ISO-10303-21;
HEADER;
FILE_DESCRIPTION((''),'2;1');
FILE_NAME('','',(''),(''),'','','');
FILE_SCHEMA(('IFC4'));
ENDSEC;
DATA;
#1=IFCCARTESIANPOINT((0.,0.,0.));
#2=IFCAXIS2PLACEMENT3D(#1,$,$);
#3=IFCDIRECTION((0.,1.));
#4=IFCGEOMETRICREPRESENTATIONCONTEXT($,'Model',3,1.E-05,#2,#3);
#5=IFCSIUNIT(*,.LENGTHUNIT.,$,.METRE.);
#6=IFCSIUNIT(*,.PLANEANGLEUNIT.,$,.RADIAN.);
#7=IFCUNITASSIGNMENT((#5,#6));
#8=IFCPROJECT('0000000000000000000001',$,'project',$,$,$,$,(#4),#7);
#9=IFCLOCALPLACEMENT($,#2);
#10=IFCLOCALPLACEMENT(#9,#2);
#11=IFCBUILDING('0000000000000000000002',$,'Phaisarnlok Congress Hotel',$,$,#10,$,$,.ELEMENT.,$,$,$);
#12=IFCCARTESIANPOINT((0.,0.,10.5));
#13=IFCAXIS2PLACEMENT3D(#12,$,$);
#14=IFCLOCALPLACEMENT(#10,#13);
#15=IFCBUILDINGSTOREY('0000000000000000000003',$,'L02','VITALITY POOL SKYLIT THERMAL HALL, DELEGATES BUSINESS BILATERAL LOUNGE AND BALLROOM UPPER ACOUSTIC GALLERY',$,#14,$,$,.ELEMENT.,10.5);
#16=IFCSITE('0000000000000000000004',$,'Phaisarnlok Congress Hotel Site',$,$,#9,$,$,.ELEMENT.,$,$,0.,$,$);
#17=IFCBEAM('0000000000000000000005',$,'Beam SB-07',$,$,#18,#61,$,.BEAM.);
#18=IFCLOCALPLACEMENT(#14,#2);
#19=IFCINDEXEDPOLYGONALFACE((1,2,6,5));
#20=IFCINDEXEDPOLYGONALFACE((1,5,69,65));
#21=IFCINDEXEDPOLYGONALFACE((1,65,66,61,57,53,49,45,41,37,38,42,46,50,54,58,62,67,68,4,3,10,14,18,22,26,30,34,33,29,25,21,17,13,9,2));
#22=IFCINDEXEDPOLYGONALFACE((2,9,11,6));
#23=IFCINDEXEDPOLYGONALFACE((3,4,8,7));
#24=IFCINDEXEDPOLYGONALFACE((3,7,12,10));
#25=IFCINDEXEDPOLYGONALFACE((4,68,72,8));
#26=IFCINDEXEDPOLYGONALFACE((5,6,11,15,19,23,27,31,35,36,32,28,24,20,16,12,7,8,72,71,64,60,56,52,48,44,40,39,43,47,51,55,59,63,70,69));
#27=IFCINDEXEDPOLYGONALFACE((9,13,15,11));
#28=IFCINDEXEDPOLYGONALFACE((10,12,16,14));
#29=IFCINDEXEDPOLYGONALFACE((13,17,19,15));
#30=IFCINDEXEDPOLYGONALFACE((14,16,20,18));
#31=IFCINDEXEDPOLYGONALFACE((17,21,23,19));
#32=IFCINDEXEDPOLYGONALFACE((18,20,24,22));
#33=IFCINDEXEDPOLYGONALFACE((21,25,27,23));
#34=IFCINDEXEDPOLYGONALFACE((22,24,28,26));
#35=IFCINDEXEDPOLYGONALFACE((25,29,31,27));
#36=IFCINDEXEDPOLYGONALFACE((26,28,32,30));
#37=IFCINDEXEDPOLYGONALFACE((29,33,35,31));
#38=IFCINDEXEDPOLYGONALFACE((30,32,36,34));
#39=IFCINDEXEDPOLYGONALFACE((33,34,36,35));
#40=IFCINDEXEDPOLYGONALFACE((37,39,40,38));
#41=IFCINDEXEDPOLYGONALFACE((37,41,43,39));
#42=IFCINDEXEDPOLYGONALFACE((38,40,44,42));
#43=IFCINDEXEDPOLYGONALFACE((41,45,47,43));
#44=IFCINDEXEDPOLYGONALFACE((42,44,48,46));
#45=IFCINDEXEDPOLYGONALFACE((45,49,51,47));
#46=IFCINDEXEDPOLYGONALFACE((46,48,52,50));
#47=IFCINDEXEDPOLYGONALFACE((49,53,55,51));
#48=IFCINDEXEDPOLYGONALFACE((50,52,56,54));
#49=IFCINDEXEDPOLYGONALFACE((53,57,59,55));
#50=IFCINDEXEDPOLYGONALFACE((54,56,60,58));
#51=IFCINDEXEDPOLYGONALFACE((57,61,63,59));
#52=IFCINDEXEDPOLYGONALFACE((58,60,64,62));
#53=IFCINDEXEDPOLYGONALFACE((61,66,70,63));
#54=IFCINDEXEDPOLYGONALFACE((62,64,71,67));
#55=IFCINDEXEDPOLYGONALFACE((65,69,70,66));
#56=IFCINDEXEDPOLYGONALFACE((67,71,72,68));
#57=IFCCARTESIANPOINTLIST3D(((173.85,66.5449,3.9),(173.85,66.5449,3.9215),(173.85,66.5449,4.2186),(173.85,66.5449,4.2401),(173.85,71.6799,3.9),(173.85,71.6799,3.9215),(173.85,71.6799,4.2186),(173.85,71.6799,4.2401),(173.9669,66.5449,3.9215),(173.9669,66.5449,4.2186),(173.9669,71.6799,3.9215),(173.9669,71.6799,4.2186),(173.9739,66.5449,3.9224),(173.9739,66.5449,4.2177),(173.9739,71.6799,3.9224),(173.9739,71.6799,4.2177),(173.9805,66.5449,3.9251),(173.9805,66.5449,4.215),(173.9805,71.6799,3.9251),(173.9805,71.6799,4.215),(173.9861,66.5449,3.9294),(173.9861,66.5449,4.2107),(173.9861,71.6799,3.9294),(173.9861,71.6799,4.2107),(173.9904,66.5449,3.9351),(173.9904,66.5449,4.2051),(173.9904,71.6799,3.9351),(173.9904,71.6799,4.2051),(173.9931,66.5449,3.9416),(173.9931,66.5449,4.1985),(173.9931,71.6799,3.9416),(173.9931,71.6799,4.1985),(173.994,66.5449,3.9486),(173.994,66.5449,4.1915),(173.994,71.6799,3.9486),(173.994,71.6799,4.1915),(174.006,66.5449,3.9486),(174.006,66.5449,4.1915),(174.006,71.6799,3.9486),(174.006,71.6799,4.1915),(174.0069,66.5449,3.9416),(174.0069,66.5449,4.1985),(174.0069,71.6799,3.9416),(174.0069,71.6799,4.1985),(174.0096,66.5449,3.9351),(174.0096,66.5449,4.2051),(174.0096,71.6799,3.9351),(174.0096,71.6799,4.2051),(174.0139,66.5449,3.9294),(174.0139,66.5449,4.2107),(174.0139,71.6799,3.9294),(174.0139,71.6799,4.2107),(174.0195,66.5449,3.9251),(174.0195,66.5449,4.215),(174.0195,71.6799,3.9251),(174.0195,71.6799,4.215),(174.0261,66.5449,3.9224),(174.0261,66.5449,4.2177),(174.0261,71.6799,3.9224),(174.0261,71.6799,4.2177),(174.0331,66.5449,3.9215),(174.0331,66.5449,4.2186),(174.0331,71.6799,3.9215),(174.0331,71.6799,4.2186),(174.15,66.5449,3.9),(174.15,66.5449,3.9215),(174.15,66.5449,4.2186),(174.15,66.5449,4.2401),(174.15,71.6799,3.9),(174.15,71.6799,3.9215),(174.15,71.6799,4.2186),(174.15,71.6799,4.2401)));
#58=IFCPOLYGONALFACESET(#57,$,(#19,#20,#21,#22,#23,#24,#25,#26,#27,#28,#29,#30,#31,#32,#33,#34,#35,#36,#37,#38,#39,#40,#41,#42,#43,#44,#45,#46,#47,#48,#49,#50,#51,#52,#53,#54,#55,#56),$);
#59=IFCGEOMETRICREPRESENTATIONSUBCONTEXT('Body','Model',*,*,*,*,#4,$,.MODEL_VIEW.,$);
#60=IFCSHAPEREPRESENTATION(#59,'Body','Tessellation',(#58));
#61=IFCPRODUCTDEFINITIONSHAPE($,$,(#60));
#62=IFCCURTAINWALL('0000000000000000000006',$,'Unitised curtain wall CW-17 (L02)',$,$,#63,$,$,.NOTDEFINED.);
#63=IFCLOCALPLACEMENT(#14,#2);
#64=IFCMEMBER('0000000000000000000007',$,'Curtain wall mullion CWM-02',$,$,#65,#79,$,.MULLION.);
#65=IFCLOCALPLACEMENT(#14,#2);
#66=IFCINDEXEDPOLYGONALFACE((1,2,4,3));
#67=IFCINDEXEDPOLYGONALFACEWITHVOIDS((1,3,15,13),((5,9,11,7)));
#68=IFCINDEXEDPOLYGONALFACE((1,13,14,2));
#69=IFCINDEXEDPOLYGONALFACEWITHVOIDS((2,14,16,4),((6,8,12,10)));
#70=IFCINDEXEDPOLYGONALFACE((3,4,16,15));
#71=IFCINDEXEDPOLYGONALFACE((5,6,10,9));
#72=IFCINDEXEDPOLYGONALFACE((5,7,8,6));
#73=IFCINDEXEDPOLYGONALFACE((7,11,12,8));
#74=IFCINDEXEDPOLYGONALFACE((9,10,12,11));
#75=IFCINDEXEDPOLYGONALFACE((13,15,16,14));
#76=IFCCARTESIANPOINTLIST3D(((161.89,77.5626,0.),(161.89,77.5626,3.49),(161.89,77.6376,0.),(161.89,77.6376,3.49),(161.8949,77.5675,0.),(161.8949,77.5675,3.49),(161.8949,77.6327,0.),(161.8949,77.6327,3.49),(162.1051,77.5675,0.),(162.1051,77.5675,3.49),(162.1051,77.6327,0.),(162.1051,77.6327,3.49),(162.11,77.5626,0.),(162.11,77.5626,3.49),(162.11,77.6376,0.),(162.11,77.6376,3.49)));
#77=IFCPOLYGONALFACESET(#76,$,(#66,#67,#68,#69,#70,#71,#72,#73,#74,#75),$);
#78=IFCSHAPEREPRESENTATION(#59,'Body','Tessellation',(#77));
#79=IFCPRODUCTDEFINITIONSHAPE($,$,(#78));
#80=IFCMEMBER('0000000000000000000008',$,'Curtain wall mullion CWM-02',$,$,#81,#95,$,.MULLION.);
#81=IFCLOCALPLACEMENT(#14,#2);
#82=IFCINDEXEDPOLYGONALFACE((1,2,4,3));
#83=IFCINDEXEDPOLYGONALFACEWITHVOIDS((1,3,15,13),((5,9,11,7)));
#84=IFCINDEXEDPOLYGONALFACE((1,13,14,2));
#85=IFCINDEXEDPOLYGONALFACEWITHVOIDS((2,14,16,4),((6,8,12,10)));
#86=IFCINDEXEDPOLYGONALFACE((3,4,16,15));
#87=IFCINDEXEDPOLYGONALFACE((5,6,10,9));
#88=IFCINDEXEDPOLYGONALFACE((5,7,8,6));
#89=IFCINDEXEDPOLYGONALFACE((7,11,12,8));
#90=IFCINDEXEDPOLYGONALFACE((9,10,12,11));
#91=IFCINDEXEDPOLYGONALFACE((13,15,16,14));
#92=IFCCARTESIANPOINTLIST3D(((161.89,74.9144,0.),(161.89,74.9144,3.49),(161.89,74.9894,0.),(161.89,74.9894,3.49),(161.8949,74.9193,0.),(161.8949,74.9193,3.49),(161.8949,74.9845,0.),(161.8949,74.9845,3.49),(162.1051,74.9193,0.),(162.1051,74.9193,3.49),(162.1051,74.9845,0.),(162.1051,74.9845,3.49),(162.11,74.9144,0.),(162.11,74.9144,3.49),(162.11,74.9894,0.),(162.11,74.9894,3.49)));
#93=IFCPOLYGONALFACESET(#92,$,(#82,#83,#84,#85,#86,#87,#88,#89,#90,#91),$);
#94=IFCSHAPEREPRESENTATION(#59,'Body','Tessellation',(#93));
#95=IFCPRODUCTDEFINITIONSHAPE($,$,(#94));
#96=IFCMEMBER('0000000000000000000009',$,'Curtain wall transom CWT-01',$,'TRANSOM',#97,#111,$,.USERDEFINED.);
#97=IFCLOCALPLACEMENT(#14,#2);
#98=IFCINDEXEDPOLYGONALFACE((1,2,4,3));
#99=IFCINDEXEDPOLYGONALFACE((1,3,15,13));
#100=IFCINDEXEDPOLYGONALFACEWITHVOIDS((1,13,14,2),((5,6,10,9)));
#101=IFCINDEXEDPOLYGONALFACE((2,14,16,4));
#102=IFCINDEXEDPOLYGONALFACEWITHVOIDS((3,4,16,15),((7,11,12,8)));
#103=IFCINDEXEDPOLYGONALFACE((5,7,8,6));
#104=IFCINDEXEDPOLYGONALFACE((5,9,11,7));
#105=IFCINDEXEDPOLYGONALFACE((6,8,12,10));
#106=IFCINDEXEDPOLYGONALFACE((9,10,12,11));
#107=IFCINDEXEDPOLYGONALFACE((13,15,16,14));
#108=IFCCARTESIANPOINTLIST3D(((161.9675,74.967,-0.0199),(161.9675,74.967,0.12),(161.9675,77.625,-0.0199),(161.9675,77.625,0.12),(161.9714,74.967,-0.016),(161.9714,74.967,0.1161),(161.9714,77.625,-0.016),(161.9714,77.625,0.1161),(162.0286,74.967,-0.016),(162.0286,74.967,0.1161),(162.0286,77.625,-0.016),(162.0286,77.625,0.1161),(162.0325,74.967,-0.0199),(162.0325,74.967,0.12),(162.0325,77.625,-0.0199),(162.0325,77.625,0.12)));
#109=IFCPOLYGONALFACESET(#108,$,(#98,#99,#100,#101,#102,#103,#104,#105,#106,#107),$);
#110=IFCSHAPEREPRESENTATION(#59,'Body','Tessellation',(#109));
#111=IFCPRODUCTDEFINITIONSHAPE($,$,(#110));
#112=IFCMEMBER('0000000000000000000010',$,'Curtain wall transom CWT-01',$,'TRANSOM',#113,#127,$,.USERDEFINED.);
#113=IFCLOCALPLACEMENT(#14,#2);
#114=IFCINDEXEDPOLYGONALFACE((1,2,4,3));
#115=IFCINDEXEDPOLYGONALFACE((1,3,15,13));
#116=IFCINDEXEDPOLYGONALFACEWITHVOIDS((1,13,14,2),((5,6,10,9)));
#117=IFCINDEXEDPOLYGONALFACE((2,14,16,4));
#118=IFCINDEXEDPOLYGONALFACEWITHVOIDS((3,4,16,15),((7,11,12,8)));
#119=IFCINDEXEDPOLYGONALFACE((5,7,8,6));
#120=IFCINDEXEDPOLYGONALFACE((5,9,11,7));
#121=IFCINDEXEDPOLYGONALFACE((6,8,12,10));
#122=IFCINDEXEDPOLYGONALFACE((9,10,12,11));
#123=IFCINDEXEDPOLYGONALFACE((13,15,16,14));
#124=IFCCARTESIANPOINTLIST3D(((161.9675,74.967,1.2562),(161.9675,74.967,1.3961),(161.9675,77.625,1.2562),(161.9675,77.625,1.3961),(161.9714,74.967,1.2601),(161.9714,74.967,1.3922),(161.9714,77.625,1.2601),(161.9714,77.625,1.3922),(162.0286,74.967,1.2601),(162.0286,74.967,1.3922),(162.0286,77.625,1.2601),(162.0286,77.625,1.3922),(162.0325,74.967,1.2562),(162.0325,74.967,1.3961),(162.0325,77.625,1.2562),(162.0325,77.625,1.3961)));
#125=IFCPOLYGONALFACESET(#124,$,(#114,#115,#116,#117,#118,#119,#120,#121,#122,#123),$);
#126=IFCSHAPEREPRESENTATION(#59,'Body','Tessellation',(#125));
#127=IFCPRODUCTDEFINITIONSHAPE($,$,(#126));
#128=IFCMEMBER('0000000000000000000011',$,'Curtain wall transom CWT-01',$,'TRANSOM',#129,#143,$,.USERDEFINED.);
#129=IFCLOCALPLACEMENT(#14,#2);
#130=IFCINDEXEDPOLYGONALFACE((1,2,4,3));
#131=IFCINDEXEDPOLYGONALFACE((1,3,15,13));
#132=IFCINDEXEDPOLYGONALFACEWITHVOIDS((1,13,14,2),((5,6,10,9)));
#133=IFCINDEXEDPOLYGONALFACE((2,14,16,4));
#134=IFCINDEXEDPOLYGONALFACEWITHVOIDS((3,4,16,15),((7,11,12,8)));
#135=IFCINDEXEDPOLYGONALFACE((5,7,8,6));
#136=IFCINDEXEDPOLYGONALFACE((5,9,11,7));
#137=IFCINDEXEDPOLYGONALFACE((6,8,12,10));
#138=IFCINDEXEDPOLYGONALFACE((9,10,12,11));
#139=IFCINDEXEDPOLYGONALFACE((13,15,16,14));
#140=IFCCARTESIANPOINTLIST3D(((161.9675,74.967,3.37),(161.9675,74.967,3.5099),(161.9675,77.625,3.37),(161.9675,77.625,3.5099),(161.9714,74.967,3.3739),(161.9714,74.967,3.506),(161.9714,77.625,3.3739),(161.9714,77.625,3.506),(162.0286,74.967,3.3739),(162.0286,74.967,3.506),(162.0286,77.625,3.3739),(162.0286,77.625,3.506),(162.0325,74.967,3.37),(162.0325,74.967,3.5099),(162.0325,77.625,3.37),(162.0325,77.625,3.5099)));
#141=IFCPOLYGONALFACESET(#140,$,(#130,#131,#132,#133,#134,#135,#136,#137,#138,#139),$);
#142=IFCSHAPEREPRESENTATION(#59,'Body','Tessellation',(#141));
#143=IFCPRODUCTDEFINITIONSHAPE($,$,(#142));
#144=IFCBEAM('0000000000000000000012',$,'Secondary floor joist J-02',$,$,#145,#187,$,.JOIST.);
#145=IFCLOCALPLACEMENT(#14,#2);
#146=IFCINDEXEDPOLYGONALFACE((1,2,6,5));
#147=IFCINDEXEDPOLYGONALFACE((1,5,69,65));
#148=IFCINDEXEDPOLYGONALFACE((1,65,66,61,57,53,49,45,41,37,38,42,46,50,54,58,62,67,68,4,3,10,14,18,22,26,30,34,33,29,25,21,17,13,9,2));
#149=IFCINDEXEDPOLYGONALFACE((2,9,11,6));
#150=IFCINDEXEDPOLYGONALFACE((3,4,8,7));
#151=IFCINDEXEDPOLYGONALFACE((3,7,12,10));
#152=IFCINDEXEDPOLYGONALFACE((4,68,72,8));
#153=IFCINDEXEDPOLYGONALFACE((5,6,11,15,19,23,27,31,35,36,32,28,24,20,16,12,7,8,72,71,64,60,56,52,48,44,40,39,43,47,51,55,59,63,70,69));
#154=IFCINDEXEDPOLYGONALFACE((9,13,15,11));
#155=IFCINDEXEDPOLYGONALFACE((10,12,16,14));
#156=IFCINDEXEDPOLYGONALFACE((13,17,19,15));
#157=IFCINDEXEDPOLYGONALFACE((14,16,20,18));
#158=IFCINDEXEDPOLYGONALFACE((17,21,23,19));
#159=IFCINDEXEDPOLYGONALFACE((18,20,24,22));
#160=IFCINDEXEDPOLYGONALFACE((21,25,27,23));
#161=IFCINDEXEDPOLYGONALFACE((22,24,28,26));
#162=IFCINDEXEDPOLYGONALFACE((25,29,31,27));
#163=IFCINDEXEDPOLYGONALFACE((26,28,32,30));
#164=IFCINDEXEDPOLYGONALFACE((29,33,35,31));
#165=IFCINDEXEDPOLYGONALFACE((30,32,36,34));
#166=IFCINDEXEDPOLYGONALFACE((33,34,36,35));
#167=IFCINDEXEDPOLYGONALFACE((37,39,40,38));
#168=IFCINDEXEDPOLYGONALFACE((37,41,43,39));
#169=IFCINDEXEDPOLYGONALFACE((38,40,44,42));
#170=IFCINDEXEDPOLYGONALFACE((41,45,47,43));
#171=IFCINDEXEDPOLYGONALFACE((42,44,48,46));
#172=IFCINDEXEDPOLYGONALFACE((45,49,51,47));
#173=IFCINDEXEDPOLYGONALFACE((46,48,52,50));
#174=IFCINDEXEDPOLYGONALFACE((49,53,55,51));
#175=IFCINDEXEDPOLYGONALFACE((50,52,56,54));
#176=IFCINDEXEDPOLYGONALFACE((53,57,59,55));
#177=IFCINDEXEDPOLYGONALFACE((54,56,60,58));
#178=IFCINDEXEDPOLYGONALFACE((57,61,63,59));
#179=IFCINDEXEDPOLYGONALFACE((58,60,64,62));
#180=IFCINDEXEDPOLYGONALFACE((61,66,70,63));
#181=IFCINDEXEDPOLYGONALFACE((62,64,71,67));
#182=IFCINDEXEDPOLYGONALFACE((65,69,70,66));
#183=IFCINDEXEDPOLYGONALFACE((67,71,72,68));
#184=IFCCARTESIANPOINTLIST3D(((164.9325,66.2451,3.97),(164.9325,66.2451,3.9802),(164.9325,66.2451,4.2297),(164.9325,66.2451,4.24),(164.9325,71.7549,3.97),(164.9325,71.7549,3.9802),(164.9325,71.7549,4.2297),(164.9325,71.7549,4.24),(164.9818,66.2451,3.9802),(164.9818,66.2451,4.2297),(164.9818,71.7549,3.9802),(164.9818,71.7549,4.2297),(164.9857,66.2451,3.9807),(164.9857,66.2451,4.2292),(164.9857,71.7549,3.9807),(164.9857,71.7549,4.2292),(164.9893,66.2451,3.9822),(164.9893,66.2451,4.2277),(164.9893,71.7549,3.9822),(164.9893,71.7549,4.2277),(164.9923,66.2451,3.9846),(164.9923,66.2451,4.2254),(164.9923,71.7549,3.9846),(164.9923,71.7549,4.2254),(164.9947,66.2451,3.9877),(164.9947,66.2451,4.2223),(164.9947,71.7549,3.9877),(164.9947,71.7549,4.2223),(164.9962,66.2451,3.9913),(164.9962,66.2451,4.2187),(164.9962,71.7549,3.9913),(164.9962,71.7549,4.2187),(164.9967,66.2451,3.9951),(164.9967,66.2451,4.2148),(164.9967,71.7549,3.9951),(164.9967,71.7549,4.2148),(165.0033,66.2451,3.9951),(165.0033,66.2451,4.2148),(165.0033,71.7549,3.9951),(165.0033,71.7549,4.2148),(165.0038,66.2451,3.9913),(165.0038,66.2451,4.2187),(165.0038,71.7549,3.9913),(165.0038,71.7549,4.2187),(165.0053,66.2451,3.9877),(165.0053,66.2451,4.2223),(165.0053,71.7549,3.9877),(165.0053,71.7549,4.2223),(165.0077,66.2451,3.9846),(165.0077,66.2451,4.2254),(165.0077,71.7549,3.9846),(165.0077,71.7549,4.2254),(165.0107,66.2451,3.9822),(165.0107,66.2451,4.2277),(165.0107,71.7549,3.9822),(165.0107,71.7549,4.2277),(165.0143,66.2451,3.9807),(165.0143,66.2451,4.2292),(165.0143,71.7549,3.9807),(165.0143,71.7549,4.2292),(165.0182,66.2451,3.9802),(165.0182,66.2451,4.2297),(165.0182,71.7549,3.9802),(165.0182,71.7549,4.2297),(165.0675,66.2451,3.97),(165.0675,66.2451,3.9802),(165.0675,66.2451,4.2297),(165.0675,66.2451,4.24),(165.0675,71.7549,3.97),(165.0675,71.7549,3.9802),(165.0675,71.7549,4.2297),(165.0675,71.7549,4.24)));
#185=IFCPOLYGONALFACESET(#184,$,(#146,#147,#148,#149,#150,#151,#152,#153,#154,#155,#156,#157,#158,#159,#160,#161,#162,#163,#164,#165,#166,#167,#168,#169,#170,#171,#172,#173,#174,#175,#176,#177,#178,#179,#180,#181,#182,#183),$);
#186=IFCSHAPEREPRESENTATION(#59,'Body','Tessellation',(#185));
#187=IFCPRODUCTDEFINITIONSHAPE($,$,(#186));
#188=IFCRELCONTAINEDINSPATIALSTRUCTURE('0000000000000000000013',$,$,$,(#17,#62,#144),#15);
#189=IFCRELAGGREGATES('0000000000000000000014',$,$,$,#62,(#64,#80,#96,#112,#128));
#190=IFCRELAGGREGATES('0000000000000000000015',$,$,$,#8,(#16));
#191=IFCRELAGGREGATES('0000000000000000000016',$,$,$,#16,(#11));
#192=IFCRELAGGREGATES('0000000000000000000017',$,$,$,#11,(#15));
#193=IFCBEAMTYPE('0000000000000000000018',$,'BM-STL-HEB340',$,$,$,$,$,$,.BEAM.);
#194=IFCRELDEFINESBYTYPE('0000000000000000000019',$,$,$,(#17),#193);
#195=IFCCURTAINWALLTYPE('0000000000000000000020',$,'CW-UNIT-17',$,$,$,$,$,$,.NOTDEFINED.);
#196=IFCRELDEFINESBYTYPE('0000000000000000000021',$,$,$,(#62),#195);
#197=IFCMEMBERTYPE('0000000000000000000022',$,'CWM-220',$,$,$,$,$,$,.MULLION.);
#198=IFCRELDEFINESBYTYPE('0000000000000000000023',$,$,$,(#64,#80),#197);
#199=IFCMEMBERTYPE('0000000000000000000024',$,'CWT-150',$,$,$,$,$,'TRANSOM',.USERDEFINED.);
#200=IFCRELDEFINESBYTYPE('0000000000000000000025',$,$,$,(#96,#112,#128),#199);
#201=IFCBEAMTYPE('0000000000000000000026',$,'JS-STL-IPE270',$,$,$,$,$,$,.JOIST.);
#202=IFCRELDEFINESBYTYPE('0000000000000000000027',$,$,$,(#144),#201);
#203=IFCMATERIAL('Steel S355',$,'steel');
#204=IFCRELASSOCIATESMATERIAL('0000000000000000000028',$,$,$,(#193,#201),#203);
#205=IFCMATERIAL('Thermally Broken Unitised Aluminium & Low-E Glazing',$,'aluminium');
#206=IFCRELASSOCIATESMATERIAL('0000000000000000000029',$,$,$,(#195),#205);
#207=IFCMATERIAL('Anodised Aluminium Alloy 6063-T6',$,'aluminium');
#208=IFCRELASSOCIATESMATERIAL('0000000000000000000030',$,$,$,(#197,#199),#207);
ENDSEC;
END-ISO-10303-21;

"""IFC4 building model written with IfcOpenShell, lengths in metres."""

from ifc_helpers import new_model, si_unit, direction, frame, origin, origin_2d, place, context, subcontext, project, spatial, hollow_rectangle, i_section, extrude, material, material_profile, profile_set, type_object, element, aggregate, save


model = new_model("IFC4")

# Units and contexts
model_context = context("Model", 3, precision=1e-05, world=origin(), true_north=direction((0.0, 1.0)))
body_context = subcontext(model_context, "Body", "Model", "MODEL_VIEW")
ifc_project = project(units=[si_unit("LENGTHUNIT", "METRE"), si_unit("PLANEANGLEUNIT", "RADIAN")], contexts=[model_context])

# Site, building, storey
site_placement = place(None, origin())
site = spatial("IfcSite", under=ifc_project, at=site_placement, Name="Phaisarnlok Congress Hotel Site", CompositionType="ELEMENT", RefElevation=0.0)
building_placement = place(site_placement, origin())
building = spatial("IfcBuilding", under=site, at=building_placement, Name="Phaisarnlok Congress Hotel", CompositionType="ELEMENT")
storey_placement = place(building_placement, frame((0.0, 0.0, 10.5)))
storey = spatial("IfcBuildingStorey", under=building, at=storey_placement, Name="L02", Description="VITALITY POOL SKYLIT THERMAL HALL, DELEGATES BUSINESS BILATERAL LOUNGE AND BALLROOM UPPER ACOUSTIC GALLERY", CompositionType="ELEMENT", Elevation=10.5)

# Beam
ifc_material_1 = material(Name="Steel S355", Category="steel")
ifc_material_profile_1 = material_profile(ifc_material_1, i_section(OverallWidth=0.3, OverallDepth=0.3401, WebThickness=0.012, FlangeThickness=0.0215, FilletRadius=0.0271, at=origin_2d()), Name="HEB 340")
ifc_profile_set_1 = profile_set([ifc_material_profile_1], Name="Steel S355")
beam_type_1 = type_object("IfcBeamType", Name="BM-STL-HEB340", PredefinedType="BEAM", material=ifc_profile_set_1)
beam_1_placement = place(storey_placement, frame((174.0, 66.5449, 4.0701), z_axis=(0.0, 1.0, 0.0), x_axis=(-1.0, 0.0, 0.0)))
element("IfcBeam", 1, at=beam_1_placement, inside=storey, type_object=beam_type_1, Name="Beam SB-07", PredefinedType="BEAM", context=body_context, shape_type="SweptSolid", body=[
    extrude(i_section(OverallWidth=0.3, OverallDepth=0.3401, WebThickness=0.012, FlangeThickness=0.0215, FilletRadius=0.0271, at=origin_2d()), origin(), (0.0, 0.0, 1.0), 5.135),
])

# Curtain wall, members
ifc_material_2 = material(Name="Thermally Broken Unitised Aluminium & Low-E Glazing", Category="aluminium")
curtain_wall_type = type_object("IfcCurtainWallType", Name="CW-UNIT-17", PredefinedType="NOTDEFINED", material=ifc_material_2)
curtain_wall_placement = place(storey_placement, origin())
curtain_wall = element("IfcCurtainWall", 2, at=curtain_wall_placement, inside=storey, type_object=curtain_wall_type, Name="Unitised curtain wall CW-17 (L02)", PredefinedType="NOTDEFINED")
ifc_material_3 = material(Name="Anodised Aluminium Alloy 6063-T6", Category="aluminium")
ifc_material_profile_2 = material_profile(ifc_material_3, hollow_rectangle(XDim=0.075, YDim=0.22, WallThickness=0.0049, at=origin_2d()), Name="ALU-M 75x220x5")
ifc_profile_set_2 = profile_set([ifc_material_profile_2], Name="Anodised Aluminium Alloy 6063-T6")
member_type_1 = type_object("IfcMemberType", Name="CWM-220", PredefinedType="MULLION", material=ifc_profile_set_2)
member_1_placement = place(storey_placement, frame((162.0, 77.6001, 0.0), z_axis=(0.0, 0.0, 1.0), x_axis=(0.0, -1.0, 0.0)))
member_1 = element("IfcMember", 3, at=member_1_placement, type_object=member_type_1, Name="Curtain wall mullion CWM-02", PredefinedType="MULLION", context=body_context, shape_type="SweptSolid", body=[
    extrude(hollow_rectangle(XDim=0.075, YDim=0.22, WallThickness=0.0049, at=origin_2d()), origin(), (0.0, 0.0, 1.0), 3.49),
])
member_2_placement = place(storey_placement, frame((162.0, 74.9519, 0.0), z_axis=(0.0, 0.0, 1.0), x_axis=(0.0, -1.0, 0.0)))
member_2 = element("IfcMember", 4, at=member_2_placement, type_object=member_type_1, Name="Curtain wall mullion CWM-02", PredefinedType="MULLION", context=body_context, shape_type="SweptSolid", body=[
    extrude(hollow_rectangle(XDim=0.075, YDim=0.22, WallThickness=0.0049, at=origin_2d()), origin(), (0.0, 0.0, 1.0), 3.49),
])
ifc_material_profile_3 = material_profile(ifc_material_3, hollow_rectangle(XDim=0.0649, YDim=0.1399, WallThickness=0.0039, at=origin_2d()), Name="ALU-T 65x140x4")
ifc_profile_set_3 = profile_set([ifc_material_profile_3], Name="Anodised Aluminium Alloy 6063-T6")
member_type_2 = type_object("IfcMemberType", Name="CWT-150", ElementType="TRANSOM", PredefinedType="USERDEFINED", material=ifc_profile_set_3)
member_3_placement = place(storey_placement, frame((162.0, 77.625, 0.05), z_axis=(0.0, -1.0, 0.0), x_axis=(1.0, 0.0, 0.0)))
member_3 = element("IfcMember", 5, at=member_3_placement, type_object=member_type_2, Name="Curtain wall transom CWT-01", ObjectType="TRANSOM", PredefinedType="USERDEFINED", context=body_context, shape_type="SweptSolid", body=[
    extrude(hollow_rectangle(XDim=0.0649, YDim=0.1399, WallThickness=0.0039, at=origin_2d()), origin(), (0.0, 0.0, 1.0), 2.658),
])
member_4_placement = place(storey_placement, frame((162.0, 77.625, 1.3262), z_axis=(0.0, -1.0, 0.0), x_axis=(1.0, 0.0, 0.0)))
member_4 = element("IfcMember", 6, at=member_4_placement, type_object=member_type_2, Name="Curtain wall transom CWT-01", ObjectType="TRANSOM", PredefinedType="USERDEFINED", context=body_context, shape_type="SweptSolid", body=[
    extrude(hollow_rectangle(XDim=0.0649, YDim=0.1399, WallThickness=0.0039, at=origin_2d()), origin(), (0.0, 0.0, 1.0), 2.658),
])
member_5_placement = place(storey_placement, frame((162.0, 77.625, 3.4399), z_axis=(0.0, -1.0, 0.0), x_axis=(1.0, 0.0, 0.0)))
member_5 = element("IfcMember", 7, at=member_5_placement, type_object=member_type_2, Name="Curtain wall transom CWT-01", ObjectType="TRANSOM", PredefinedType="USERDEFINED", context=body_context, shape_type="SweptSolid", body=[
    extrude(hollow_rectangle(XDim=0.0649, YDim=0.1399, WallThickness=0.0039, at=origin_2d()), origin(), (0.0, 0.0, 1.0), 2.658),
])

# Beam
ifc_material_profile_4 = material_profile(ifc_material_1, i_section(OverallWidth=0.135, OverallDepth=0.27, WebThickness=0.0066, FlangeThickness=0.0103, FilletRadius=0.0149, at=origin_2d()), Name="IPE 270")
ifc_profile_set_4 = profile_set([ifc_material_profile_4], Name="Steel S355")
beam_type_2 = type_object("IfcBeamType", Name="JS-STL-IPE270", PredefinedType="JOIST", material=ifc_profile_set_4)
beam_2_placement = place(storey_placement, frame((165.0, 66.2451, 4.105), z_axis=(0.0, 1.0, 0.0), x_axis=(-1.0, 0.0, 0.0)))
element("IfcBeam", 8, at=beam_2_placement, inside=storey, type_object=beam_type_2, Name="Secondary floor joist J-02", PredefinedType="JOIST", context=body_context, shape_type="SweptSolid", body=[
    extrude(i_section(OverallWidth=0.135, OverallDepth=0.27, WebThickness=0.0066, FlangeThickness=0.0103, FilletRadius=0.0149, at=origin_2d()), origin(), (0.0, 0.0, 1.0), 5.5098),
])

aggregate(curtain_wall, [member_1, member_2, member_3, member_4, member_5])

save(model, "model.ifc")
